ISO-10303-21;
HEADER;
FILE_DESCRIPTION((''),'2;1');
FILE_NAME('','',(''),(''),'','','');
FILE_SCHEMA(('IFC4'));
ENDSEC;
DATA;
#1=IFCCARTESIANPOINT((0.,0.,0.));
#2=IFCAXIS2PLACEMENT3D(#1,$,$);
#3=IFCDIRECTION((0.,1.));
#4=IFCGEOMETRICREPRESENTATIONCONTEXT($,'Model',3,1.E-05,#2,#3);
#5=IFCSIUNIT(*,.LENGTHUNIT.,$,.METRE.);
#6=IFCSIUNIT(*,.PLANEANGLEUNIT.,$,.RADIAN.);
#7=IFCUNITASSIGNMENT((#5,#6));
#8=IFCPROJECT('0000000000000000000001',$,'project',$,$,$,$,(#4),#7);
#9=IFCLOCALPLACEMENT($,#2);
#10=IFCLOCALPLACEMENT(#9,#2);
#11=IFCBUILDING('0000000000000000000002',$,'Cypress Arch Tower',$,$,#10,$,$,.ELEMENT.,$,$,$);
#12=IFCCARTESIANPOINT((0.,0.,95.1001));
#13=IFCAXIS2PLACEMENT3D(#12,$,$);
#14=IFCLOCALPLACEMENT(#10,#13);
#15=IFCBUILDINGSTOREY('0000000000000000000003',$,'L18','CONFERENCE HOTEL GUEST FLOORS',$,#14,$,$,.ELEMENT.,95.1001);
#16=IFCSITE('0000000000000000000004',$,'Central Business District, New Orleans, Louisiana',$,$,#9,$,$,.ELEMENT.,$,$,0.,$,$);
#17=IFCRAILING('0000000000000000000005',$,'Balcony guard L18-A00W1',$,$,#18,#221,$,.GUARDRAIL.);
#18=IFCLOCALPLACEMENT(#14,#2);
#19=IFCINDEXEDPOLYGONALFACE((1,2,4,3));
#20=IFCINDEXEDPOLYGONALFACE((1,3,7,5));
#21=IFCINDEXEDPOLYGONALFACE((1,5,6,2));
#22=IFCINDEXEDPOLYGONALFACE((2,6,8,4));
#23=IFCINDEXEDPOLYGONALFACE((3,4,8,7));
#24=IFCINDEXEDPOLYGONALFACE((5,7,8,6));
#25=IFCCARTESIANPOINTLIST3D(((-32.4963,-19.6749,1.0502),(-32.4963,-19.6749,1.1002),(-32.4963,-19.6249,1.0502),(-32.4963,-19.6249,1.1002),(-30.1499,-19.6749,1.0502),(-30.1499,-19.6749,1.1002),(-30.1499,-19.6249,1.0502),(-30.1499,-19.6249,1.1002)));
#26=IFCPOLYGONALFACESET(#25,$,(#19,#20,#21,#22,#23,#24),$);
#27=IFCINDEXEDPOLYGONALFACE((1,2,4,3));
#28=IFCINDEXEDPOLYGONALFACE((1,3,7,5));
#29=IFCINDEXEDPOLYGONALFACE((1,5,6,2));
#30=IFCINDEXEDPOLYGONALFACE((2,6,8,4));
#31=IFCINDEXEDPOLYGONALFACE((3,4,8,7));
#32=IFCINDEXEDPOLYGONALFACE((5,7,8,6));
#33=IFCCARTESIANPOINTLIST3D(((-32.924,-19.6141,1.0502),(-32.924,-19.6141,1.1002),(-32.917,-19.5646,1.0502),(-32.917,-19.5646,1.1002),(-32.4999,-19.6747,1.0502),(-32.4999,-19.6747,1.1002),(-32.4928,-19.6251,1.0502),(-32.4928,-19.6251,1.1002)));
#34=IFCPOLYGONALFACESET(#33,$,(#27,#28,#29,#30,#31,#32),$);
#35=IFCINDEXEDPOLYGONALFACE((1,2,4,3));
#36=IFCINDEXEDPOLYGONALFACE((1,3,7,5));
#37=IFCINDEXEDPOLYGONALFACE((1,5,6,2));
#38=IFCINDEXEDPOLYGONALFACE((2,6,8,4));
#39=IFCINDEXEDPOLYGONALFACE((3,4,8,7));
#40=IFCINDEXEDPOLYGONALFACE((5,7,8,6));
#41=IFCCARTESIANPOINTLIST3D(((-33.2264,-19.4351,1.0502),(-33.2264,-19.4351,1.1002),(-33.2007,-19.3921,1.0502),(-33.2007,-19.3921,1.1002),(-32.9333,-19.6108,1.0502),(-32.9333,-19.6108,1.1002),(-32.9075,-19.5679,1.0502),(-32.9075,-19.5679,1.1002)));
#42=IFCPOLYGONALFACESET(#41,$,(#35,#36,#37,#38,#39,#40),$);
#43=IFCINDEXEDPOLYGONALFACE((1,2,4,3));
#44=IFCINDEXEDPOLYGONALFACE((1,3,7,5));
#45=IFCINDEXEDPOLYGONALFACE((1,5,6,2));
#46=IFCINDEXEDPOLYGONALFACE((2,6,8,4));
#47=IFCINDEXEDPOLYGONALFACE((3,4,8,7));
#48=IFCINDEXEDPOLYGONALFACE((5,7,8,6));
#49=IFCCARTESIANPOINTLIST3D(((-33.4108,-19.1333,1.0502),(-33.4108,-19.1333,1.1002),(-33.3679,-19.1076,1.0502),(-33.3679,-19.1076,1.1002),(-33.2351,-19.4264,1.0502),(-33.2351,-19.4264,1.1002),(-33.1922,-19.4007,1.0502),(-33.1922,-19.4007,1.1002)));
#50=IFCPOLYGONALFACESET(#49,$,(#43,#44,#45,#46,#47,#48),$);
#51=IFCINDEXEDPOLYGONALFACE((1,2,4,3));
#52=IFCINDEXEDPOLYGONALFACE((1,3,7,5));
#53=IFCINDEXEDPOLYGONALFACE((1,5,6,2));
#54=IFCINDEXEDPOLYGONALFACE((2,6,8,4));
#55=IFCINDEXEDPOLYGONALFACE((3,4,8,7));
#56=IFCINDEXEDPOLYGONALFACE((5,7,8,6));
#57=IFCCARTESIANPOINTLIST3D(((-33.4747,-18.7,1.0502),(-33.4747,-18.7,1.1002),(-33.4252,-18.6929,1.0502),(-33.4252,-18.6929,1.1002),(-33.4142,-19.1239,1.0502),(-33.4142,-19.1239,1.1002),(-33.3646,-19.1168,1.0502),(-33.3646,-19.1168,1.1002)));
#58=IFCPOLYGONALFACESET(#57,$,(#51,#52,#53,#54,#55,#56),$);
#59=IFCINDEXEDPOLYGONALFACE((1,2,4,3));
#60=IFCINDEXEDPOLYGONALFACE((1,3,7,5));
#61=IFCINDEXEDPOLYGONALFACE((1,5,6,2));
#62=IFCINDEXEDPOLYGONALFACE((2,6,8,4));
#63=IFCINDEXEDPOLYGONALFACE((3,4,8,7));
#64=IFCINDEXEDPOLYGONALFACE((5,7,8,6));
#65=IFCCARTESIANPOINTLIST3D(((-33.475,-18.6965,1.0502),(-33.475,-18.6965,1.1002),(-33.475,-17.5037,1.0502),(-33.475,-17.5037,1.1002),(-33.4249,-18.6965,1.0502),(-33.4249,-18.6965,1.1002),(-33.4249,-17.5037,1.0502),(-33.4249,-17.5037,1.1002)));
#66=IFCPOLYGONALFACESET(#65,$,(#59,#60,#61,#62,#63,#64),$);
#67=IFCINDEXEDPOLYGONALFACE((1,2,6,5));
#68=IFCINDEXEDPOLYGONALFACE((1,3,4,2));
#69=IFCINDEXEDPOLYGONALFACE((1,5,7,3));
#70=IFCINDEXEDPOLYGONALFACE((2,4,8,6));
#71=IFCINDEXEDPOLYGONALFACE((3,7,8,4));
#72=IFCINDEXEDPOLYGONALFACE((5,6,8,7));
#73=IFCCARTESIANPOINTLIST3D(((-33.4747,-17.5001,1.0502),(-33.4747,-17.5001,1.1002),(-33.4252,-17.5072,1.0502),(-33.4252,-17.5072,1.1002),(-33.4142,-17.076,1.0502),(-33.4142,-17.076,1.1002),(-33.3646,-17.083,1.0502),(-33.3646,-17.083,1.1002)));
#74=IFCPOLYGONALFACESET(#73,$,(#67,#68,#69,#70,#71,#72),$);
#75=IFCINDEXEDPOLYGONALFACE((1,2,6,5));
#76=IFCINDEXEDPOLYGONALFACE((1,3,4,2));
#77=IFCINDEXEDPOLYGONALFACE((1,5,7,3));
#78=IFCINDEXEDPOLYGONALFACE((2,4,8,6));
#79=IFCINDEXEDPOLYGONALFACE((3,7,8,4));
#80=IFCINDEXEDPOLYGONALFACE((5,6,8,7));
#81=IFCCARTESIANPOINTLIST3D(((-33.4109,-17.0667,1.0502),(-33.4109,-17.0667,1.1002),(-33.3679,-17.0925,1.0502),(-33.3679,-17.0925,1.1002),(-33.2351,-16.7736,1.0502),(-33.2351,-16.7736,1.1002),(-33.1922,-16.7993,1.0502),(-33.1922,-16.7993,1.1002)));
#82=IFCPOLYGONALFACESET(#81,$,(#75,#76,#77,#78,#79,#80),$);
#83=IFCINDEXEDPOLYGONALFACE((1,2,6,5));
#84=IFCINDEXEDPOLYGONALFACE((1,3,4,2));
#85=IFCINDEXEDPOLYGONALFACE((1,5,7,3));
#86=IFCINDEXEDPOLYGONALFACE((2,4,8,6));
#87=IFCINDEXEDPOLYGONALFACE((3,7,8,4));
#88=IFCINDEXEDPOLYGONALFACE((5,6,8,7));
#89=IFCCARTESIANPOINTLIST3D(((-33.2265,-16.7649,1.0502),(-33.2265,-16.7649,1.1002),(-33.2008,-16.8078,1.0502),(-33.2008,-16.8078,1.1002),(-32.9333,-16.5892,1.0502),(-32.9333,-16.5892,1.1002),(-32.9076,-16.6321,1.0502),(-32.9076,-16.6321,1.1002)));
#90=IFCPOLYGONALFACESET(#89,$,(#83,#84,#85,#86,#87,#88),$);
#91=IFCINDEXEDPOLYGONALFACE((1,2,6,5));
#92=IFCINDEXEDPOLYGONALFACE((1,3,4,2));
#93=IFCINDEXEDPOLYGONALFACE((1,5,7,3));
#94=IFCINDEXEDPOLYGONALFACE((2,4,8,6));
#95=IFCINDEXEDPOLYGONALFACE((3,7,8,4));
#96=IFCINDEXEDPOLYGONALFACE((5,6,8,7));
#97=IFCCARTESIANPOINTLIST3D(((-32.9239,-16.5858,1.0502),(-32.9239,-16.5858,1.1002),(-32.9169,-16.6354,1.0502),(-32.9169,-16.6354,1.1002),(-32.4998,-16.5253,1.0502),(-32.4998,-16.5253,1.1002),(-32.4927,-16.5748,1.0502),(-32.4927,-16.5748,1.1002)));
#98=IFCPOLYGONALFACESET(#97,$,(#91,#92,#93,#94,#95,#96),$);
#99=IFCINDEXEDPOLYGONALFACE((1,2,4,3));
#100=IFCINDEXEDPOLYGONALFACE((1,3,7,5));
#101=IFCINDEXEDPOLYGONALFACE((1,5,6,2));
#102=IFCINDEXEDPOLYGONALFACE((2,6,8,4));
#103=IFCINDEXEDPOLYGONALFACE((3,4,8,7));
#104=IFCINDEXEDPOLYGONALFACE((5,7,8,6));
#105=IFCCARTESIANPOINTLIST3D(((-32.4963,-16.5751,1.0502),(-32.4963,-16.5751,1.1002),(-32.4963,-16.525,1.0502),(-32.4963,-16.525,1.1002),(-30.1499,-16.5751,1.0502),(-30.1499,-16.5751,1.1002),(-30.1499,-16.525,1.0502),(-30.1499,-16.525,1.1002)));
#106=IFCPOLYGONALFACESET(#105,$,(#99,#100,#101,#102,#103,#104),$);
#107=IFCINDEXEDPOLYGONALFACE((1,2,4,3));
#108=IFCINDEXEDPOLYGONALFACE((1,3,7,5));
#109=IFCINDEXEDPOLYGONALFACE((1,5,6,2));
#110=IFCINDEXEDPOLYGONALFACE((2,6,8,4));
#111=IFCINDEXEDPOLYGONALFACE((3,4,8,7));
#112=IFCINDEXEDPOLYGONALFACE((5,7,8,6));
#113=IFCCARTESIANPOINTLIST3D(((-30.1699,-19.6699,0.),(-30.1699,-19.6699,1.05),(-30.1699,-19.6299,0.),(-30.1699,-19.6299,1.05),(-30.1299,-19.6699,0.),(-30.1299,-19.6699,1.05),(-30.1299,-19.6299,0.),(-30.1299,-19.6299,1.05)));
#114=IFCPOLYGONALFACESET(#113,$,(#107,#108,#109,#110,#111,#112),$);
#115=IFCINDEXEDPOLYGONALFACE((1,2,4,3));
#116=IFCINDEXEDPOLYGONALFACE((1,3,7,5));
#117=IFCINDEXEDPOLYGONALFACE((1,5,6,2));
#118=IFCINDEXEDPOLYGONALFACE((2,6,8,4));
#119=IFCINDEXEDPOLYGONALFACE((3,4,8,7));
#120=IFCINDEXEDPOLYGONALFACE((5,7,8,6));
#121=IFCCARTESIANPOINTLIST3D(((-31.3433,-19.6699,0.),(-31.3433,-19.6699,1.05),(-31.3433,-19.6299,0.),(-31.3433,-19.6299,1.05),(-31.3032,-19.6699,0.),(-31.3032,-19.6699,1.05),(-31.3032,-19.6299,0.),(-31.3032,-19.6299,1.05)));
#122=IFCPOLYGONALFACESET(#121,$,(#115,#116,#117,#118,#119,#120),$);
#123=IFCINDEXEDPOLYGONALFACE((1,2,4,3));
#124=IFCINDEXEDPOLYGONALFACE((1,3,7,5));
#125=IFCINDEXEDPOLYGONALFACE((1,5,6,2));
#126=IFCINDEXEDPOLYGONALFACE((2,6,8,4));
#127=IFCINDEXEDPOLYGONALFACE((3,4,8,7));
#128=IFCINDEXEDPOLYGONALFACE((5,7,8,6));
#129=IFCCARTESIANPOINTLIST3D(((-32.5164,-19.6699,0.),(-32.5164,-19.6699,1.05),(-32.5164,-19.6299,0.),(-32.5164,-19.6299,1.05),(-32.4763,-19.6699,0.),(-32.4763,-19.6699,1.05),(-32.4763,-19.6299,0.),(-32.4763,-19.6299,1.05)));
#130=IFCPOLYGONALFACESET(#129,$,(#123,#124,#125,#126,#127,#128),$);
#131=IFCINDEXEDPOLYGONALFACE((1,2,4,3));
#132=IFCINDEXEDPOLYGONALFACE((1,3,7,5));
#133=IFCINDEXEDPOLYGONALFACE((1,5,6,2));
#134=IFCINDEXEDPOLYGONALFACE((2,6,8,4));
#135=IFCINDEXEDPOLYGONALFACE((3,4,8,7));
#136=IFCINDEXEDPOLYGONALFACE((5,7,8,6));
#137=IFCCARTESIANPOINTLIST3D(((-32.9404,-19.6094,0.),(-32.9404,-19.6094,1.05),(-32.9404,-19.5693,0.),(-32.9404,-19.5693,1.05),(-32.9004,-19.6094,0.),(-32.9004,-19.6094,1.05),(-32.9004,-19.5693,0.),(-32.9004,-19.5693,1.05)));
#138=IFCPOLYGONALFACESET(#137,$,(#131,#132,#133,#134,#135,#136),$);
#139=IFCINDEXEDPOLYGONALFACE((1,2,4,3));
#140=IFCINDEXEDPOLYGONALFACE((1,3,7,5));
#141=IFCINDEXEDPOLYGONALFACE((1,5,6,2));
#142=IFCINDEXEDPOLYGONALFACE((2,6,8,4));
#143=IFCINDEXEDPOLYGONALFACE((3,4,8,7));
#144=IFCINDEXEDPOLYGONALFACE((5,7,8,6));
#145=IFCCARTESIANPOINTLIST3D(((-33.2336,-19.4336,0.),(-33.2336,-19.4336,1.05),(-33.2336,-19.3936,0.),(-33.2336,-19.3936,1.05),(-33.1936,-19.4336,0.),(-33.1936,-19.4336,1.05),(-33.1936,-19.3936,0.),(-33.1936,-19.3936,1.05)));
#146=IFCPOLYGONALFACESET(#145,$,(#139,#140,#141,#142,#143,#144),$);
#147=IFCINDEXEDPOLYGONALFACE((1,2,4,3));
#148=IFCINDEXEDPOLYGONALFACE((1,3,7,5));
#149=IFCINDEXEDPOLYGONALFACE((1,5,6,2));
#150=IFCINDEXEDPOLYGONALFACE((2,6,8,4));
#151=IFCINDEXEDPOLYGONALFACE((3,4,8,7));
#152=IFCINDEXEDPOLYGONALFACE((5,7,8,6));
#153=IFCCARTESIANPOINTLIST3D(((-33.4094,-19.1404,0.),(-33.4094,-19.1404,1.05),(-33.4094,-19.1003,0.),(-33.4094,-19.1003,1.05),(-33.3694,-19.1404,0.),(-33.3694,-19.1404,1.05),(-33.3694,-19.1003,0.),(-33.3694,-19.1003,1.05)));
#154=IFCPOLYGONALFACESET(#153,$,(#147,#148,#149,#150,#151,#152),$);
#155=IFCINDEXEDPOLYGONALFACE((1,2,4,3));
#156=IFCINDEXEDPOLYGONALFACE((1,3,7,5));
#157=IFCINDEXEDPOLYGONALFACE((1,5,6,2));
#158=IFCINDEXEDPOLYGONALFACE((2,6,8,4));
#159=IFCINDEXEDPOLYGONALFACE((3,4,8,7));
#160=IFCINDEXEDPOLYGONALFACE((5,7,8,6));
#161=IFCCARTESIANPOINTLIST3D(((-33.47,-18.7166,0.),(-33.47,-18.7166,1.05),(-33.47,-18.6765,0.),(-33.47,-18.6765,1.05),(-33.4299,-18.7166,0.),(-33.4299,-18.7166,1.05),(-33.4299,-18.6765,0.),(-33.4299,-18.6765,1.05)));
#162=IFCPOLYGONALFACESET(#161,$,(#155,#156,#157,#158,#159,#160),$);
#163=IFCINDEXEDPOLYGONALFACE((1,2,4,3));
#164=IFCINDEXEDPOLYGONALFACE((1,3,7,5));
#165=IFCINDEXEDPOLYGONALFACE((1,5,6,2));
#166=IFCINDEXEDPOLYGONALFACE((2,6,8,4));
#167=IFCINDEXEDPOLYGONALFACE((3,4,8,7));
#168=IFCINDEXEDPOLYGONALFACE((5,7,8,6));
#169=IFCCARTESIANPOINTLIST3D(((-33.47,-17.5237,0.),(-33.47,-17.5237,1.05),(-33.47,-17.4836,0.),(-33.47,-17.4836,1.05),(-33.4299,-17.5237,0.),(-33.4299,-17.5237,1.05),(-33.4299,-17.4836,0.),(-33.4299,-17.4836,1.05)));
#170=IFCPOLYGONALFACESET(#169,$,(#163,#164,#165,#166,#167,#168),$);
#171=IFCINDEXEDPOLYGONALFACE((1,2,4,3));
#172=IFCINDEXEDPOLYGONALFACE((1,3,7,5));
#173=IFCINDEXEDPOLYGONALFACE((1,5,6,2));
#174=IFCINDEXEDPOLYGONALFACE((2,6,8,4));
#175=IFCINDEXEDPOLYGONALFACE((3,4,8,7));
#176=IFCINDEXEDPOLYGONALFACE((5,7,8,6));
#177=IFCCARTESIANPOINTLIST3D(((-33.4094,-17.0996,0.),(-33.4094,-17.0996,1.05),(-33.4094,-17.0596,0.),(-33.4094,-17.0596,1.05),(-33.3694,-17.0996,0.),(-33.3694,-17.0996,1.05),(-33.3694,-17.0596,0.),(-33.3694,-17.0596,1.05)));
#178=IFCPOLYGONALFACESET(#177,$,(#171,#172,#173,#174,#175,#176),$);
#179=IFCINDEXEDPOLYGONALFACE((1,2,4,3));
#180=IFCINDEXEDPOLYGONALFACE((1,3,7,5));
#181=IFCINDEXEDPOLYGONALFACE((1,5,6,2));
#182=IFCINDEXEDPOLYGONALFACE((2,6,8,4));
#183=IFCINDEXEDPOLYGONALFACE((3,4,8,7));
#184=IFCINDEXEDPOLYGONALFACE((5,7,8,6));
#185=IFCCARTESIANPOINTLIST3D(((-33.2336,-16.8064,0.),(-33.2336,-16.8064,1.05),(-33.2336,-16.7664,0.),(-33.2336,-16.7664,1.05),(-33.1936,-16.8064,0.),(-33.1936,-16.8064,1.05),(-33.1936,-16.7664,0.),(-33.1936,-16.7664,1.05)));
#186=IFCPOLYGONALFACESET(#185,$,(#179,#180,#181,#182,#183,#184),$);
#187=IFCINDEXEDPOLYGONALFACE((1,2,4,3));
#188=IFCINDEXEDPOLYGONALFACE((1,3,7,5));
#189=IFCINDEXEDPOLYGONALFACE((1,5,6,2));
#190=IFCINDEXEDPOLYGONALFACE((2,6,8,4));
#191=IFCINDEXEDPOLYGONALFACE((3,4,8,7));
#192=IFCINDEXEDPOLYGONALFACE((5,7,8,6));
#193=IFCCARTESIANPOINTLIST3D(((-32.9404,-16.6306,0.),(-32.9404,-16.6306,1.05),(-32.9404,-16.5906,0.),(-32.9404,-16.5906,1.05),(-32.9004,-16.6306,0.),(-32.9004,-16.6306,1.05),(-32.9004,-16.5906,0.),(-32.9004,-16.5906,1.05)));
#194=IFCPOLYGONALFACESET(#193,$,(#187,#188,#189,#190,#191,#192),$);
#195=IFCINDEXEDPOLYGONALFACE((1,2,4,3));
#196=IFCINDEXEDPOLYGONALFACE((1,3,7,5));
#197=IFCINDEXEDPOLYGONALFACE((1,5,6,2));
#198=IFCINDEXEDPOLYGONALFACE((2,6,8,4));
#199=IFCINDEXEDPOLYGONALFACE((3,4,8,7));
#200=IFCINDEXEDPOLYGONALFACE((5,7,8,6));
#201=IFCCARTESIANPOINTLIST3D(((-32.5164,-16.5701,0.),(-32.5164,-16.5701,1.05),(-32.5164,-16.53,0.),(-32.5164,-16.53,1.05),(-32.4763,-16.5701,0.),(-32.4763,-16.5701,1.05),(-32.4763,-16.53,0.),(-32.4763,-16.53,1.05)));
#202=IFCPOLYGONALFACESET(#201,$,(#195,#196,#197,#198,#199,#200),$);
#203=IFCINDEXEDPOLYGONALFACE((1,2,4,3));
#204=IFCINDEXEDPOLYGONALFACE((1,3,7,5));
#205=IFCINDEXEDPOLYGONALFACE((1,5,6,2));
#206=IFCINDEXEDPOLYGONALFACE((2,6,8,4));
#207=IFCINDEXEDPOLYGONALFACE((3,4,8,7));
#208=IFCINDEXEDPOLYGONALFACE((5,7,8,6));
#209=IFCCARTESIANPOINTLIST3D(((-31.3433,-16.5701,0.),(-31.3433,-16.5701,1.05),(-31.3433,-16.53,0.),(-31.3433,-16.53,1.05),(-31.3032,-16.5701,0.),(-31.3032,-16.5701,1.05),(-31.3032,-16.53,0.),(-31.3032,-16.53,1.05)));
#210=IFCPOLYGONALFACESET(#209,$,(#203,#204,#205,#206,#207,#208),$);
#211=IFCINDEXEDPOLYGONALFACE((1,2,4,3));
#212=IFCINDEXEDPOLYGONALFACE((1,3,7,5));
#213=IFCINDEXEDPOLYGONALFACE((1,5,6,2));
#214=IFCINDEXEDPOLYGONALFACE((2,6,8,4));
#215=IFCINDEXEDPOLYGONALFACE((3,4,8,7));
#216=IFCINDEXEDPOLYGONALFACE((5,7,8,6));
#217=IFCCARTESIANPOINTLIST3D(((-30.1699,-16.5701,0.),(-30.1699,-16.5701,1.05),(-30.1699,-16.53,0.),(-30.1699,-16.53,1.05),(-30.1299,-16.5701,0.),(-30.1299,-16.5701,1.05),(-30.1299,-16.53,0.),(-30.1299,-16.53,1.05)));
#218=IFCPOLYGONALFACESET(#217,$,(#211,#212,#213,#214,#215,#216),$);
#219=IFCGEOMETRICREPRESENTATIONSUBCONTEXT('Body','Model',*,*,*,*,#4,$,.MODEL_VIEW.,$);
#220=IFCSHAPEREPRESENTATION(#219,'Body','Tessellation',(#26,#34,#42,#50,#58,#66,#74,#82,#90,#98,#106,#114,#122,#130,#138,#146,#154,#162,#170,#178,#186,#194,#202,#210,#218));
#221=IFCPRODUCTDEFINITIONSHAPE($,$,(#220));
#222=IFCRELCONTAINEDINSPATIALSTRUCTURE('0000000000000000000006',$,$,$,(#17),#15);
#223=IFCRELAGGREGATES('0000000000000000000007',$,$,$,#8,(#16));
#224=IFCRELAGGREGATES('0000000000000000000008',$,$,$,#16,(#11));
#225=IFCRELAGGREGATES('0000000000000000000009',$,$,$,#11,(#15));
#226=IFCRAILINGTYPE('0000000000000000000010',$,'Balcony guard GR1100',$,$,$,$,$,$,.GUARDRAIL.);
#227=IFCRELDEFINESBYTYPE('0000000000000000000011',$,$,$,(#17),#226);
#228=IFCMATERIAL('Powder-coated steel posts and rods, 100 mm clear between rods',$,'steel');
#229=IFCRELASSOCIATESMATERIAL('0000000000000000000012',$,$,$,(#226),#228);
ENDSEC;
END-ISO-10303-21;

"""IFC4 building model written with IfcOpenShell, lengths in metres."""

from ifc_helpers import new_model, si_unit, direction, frame, origin, origin_2d, place, context, subcontext, project, spatial, rectangle, extrude, material, type_object, element, save


model = new_model("IFC4")

# Units and contexts
model_context = context("Model", 3, precision=1e-05, world=origin(), true_north=direction((0.0, 1.0)))
body_context = subcontext(model_context, "Body", "Model", "MODEL_VIEW")
ifc_project = project(units=[si_unit("LENGTHUNIT", "METRE"), si_unit("PLANEANGLEUNIT", "RADIAN")], contexts=[model_context])

# Site, building, storey
site_placement = place(None, origin())
site = spatial("IfcSite", under=ifc_project, at=site_placement, Name="Central Business District, New Orleans, Louisiana", CompositionType="ELEMENT", RefElevation=0.0)
building_placement = place(site_placement, origin())
building = spatial("IfcBuilding", under=site, at=building_placement, Name="Cypress Arch Tower", CompositionType="ELEMENT")
storey_placement = place(building_placement, frame((0.0, 0.0, 95.1001)))
storey = spatial("IfcBuildingStorey", under=building, at=storey_placement, Name="L18", Description="CONFERENCE HOTEL GUEST FLOORS", CompositionType="ELEMENT", Elevation=95.1001)

# Railing
ifc_material_1 = material(Name="Powder-coated steel posts and rods, 100 mm clear between rods", Category="steel")
railing_type = type_object("IfcRailingType", Name="Balcony guard GR1100", PredefinedType="GUARDRAIL", material=ifc_material_1)
railing_placement = place(storey_placement, frame((-30.1499, -19.6499, 0.0)))
element("IfcRailing", 1, at=railing_placement, inside=storey, type_object=railing_type, Name="Balcony guard L18-A00W1", PredefinedType="GUARDRAIL", context=body_context, shape_type="SweptSolid", body=[
    extrude(rectangle(XDim=0.05, YDim=0.05, at=origin_2d()), frame((0.0, 0.0, 1.0752), z_axis=(-1.0, 0.0, 0.0), x_axis=(0.0, -1.0, 0.0)), (0.0, 0.0, 1.0), 2.3464),
    extrude(rectangle(XDim=0.05, YDim=0.05, at=origin_2d()), frame((-2.3464, 0.0, 1.0752), z_axis=(-0.989961, 0.141342, 0.0), x_axis=(-0.141342, -0.989961, 0.0)), (0.0, 0.0, 1.0), 0.4285),
    extrude(rectangle(XDim=0.05, YDim=0.05, at=origin_2d()), frame((-2.7705, 0.0605, 1.0752), z_axis=(-0.857682, 0.514181, 0.0), x_axis=(-0.514181, -0.857682, 0.0)), (0.0, 0.0, 1.0), 0.3418),
    extrude(rectangle(XDim=0.05, YDim=0.05, at=origin_2d()), frame((-3.0637, 0.2363, 1.0752), z_axis=(-0.514181, 0.857682, 0.0), x_axis=(-0.857682, -0.514181, 0.0)), (0.0, 0.0, 1.0), 0.3418),
    extrude(rectangle(XDim=0.05, YDim=0.05, at=origin_2d()), frame((-3.2395, 0.5295, 1.0752), z_axis=(-0.141421, 0.989949, 0.0), x_axis=(-0.989949, -0.141421, 0.0)), (0.0, 0.0, 1.0), 0.4282),
    extrude(rectangle(XDim=0.05, YDim=0.05, at=origin_2d()), frame((-3.3, 0.9534, 1.0752), z_axis=(0.0, 1.0, 0.0), x_axis=(-1.0, 0.0, 0.0)), (0.0, 0.0, 1.0), 1.1929),
    extrude(rectangle(XDim=0.05, YDim=0.05, at=origin_2d()), frame((-3.3, 2.1462, 1.0752), z_axis=(0.141342, 0.989961, 0.0), x_axis=(-0.989961, 0.141342, 0.0)), (0.0, 0.0, 1.0), 0.4285),
    extrude(rectangle(XDim=0.05, YDim=0.05, at=origin_2d()), frame((-3.2395, 2.5703, 1.0752), z_axis=(0.514181, 0.857682, 0.0), x_axis=(-0.857682, 0.514181, 0.0)), (0.0, 0.0, 1.0), 0.3418),
    extrude(rectangle(XDim=0.05, YDim=0.05, at=origin_2d()), frame((-3.0637, 2.8635, 1.0752), z_axis=(0.857682, 0.514181, 0.0), x_axis=(-0.514181, 0.857682, 0.0)), (0.0, 0.0, 1.0), 0.3418),
    extrude(rectangle(XDim=0.05, YDim=0.05, at=origin_2d()), frame((-2.7705, 3.0393, 1.0752), z_axis=(0.989961, 0.141342, 0.0), x_axis=(-0.141342, 0.989961, 0.0)), (0.0, 0.0, 1.0), 0.4285),
    extrude(rectangle(XDim=0.05, YDim=0.05, at=origin_2d()), frame((-2.3464, 3.0999, 1.0752), z_axis=(1.0, 0.0, 0.0), x_axis=(0.0, 1.0, 0.0)), (0.0, 0.0, 1.0), 2.3464),
    extrude(rectangle(XDim=0.04, YDim=0.04, at=origin_2d()), origin(), (0.0, 0.0, 1.0), 1.05),
    extrude(rectangle(XDim=0.04, YDim=0.04, at=origin_2d()), frame((-1.1733, 0.0, 0.0)), (0.0, 0.0, 1.0), 1.05),
    extrude(rectangle(XDim=0.04, YDim=0.04, at=origin_2d()), frame((-2.3464, 0.0, 0.0)), (0.0, 0.0, 1.0), 1.05),
    extrude(rectangle(XDim=0.04, YDim=0.04, at=origin_2d()), frame((-2.7705, 0.0605, 0.0)), (0.0, 0.0, 1.0), 1.05),
    extrude(rectangle(XDim=0.04, YDim=0.04, at=origin_2d()), frame((-3.0637, 0.2363, 0.0)), (0.0, 0.0, 1.0), 1.05),
    extrude(rectangle(XDim=0.04, YDim=0.04, at=origin_2d()), frame((-3.2395, 0.5295, 0.0)), (0.0, 0.0, 1.0), 1.05),
    extrude(rectangle(XDim=0.04, YDim=0.04, at=origin_2d()), frame((-3.3, 0.9534, 0.0)), (0.0, 0.0, 1.0), 1.05),
    extrude(rectangle(XDim=0.04, YDim=0.04, at=origin_2d()), frame((-3.3, 2.1462, 0.0)), (0.0, 0.0, 1.0), 1.05),
    extrude(rectangle(XDim=0.04, YDim=0.04, at=origin_2d()), frame((-3.2395, 2.5703, 0.0)), (0.0, 0.0, 1.0), 1.05),
    extrude(rectangle(XDim=0.04, YDim=0.04, at=origin_2d()), frame((-3.0637, 2.8635, 0.0)), (0.0, 0.0, 1.0), 1.05),
    extrude(rectangle(XDim=0.04, YDim=0.04, at=origin_2d()), frame((-2.7705, 3.0393, 0.0)), (0.0, 0.0, 1.0), 1.05),
    extrude(rectangle(XDim=0.04, YDim=0.04, at=origin_2d()), frame((-2.3464, 3.0999, 0.0)), (0.0, 0.0, 1.0), 1.05),
    extrude(rectangle(XDim=0.04, YDim=0.04, at=origin_2d()), frame((-1.1733, 3.0999, 0.0)), (0.0, 0.0, 1.0), 1.05),
    extrude(rectangle(XDim=0.04, YDim=0.04, at=origin_2d()), frame((0.0, 3.0999, 0.0)), (0.0, 0.0, 1.0), 1.05),
])

save(model, "model.ifc")
